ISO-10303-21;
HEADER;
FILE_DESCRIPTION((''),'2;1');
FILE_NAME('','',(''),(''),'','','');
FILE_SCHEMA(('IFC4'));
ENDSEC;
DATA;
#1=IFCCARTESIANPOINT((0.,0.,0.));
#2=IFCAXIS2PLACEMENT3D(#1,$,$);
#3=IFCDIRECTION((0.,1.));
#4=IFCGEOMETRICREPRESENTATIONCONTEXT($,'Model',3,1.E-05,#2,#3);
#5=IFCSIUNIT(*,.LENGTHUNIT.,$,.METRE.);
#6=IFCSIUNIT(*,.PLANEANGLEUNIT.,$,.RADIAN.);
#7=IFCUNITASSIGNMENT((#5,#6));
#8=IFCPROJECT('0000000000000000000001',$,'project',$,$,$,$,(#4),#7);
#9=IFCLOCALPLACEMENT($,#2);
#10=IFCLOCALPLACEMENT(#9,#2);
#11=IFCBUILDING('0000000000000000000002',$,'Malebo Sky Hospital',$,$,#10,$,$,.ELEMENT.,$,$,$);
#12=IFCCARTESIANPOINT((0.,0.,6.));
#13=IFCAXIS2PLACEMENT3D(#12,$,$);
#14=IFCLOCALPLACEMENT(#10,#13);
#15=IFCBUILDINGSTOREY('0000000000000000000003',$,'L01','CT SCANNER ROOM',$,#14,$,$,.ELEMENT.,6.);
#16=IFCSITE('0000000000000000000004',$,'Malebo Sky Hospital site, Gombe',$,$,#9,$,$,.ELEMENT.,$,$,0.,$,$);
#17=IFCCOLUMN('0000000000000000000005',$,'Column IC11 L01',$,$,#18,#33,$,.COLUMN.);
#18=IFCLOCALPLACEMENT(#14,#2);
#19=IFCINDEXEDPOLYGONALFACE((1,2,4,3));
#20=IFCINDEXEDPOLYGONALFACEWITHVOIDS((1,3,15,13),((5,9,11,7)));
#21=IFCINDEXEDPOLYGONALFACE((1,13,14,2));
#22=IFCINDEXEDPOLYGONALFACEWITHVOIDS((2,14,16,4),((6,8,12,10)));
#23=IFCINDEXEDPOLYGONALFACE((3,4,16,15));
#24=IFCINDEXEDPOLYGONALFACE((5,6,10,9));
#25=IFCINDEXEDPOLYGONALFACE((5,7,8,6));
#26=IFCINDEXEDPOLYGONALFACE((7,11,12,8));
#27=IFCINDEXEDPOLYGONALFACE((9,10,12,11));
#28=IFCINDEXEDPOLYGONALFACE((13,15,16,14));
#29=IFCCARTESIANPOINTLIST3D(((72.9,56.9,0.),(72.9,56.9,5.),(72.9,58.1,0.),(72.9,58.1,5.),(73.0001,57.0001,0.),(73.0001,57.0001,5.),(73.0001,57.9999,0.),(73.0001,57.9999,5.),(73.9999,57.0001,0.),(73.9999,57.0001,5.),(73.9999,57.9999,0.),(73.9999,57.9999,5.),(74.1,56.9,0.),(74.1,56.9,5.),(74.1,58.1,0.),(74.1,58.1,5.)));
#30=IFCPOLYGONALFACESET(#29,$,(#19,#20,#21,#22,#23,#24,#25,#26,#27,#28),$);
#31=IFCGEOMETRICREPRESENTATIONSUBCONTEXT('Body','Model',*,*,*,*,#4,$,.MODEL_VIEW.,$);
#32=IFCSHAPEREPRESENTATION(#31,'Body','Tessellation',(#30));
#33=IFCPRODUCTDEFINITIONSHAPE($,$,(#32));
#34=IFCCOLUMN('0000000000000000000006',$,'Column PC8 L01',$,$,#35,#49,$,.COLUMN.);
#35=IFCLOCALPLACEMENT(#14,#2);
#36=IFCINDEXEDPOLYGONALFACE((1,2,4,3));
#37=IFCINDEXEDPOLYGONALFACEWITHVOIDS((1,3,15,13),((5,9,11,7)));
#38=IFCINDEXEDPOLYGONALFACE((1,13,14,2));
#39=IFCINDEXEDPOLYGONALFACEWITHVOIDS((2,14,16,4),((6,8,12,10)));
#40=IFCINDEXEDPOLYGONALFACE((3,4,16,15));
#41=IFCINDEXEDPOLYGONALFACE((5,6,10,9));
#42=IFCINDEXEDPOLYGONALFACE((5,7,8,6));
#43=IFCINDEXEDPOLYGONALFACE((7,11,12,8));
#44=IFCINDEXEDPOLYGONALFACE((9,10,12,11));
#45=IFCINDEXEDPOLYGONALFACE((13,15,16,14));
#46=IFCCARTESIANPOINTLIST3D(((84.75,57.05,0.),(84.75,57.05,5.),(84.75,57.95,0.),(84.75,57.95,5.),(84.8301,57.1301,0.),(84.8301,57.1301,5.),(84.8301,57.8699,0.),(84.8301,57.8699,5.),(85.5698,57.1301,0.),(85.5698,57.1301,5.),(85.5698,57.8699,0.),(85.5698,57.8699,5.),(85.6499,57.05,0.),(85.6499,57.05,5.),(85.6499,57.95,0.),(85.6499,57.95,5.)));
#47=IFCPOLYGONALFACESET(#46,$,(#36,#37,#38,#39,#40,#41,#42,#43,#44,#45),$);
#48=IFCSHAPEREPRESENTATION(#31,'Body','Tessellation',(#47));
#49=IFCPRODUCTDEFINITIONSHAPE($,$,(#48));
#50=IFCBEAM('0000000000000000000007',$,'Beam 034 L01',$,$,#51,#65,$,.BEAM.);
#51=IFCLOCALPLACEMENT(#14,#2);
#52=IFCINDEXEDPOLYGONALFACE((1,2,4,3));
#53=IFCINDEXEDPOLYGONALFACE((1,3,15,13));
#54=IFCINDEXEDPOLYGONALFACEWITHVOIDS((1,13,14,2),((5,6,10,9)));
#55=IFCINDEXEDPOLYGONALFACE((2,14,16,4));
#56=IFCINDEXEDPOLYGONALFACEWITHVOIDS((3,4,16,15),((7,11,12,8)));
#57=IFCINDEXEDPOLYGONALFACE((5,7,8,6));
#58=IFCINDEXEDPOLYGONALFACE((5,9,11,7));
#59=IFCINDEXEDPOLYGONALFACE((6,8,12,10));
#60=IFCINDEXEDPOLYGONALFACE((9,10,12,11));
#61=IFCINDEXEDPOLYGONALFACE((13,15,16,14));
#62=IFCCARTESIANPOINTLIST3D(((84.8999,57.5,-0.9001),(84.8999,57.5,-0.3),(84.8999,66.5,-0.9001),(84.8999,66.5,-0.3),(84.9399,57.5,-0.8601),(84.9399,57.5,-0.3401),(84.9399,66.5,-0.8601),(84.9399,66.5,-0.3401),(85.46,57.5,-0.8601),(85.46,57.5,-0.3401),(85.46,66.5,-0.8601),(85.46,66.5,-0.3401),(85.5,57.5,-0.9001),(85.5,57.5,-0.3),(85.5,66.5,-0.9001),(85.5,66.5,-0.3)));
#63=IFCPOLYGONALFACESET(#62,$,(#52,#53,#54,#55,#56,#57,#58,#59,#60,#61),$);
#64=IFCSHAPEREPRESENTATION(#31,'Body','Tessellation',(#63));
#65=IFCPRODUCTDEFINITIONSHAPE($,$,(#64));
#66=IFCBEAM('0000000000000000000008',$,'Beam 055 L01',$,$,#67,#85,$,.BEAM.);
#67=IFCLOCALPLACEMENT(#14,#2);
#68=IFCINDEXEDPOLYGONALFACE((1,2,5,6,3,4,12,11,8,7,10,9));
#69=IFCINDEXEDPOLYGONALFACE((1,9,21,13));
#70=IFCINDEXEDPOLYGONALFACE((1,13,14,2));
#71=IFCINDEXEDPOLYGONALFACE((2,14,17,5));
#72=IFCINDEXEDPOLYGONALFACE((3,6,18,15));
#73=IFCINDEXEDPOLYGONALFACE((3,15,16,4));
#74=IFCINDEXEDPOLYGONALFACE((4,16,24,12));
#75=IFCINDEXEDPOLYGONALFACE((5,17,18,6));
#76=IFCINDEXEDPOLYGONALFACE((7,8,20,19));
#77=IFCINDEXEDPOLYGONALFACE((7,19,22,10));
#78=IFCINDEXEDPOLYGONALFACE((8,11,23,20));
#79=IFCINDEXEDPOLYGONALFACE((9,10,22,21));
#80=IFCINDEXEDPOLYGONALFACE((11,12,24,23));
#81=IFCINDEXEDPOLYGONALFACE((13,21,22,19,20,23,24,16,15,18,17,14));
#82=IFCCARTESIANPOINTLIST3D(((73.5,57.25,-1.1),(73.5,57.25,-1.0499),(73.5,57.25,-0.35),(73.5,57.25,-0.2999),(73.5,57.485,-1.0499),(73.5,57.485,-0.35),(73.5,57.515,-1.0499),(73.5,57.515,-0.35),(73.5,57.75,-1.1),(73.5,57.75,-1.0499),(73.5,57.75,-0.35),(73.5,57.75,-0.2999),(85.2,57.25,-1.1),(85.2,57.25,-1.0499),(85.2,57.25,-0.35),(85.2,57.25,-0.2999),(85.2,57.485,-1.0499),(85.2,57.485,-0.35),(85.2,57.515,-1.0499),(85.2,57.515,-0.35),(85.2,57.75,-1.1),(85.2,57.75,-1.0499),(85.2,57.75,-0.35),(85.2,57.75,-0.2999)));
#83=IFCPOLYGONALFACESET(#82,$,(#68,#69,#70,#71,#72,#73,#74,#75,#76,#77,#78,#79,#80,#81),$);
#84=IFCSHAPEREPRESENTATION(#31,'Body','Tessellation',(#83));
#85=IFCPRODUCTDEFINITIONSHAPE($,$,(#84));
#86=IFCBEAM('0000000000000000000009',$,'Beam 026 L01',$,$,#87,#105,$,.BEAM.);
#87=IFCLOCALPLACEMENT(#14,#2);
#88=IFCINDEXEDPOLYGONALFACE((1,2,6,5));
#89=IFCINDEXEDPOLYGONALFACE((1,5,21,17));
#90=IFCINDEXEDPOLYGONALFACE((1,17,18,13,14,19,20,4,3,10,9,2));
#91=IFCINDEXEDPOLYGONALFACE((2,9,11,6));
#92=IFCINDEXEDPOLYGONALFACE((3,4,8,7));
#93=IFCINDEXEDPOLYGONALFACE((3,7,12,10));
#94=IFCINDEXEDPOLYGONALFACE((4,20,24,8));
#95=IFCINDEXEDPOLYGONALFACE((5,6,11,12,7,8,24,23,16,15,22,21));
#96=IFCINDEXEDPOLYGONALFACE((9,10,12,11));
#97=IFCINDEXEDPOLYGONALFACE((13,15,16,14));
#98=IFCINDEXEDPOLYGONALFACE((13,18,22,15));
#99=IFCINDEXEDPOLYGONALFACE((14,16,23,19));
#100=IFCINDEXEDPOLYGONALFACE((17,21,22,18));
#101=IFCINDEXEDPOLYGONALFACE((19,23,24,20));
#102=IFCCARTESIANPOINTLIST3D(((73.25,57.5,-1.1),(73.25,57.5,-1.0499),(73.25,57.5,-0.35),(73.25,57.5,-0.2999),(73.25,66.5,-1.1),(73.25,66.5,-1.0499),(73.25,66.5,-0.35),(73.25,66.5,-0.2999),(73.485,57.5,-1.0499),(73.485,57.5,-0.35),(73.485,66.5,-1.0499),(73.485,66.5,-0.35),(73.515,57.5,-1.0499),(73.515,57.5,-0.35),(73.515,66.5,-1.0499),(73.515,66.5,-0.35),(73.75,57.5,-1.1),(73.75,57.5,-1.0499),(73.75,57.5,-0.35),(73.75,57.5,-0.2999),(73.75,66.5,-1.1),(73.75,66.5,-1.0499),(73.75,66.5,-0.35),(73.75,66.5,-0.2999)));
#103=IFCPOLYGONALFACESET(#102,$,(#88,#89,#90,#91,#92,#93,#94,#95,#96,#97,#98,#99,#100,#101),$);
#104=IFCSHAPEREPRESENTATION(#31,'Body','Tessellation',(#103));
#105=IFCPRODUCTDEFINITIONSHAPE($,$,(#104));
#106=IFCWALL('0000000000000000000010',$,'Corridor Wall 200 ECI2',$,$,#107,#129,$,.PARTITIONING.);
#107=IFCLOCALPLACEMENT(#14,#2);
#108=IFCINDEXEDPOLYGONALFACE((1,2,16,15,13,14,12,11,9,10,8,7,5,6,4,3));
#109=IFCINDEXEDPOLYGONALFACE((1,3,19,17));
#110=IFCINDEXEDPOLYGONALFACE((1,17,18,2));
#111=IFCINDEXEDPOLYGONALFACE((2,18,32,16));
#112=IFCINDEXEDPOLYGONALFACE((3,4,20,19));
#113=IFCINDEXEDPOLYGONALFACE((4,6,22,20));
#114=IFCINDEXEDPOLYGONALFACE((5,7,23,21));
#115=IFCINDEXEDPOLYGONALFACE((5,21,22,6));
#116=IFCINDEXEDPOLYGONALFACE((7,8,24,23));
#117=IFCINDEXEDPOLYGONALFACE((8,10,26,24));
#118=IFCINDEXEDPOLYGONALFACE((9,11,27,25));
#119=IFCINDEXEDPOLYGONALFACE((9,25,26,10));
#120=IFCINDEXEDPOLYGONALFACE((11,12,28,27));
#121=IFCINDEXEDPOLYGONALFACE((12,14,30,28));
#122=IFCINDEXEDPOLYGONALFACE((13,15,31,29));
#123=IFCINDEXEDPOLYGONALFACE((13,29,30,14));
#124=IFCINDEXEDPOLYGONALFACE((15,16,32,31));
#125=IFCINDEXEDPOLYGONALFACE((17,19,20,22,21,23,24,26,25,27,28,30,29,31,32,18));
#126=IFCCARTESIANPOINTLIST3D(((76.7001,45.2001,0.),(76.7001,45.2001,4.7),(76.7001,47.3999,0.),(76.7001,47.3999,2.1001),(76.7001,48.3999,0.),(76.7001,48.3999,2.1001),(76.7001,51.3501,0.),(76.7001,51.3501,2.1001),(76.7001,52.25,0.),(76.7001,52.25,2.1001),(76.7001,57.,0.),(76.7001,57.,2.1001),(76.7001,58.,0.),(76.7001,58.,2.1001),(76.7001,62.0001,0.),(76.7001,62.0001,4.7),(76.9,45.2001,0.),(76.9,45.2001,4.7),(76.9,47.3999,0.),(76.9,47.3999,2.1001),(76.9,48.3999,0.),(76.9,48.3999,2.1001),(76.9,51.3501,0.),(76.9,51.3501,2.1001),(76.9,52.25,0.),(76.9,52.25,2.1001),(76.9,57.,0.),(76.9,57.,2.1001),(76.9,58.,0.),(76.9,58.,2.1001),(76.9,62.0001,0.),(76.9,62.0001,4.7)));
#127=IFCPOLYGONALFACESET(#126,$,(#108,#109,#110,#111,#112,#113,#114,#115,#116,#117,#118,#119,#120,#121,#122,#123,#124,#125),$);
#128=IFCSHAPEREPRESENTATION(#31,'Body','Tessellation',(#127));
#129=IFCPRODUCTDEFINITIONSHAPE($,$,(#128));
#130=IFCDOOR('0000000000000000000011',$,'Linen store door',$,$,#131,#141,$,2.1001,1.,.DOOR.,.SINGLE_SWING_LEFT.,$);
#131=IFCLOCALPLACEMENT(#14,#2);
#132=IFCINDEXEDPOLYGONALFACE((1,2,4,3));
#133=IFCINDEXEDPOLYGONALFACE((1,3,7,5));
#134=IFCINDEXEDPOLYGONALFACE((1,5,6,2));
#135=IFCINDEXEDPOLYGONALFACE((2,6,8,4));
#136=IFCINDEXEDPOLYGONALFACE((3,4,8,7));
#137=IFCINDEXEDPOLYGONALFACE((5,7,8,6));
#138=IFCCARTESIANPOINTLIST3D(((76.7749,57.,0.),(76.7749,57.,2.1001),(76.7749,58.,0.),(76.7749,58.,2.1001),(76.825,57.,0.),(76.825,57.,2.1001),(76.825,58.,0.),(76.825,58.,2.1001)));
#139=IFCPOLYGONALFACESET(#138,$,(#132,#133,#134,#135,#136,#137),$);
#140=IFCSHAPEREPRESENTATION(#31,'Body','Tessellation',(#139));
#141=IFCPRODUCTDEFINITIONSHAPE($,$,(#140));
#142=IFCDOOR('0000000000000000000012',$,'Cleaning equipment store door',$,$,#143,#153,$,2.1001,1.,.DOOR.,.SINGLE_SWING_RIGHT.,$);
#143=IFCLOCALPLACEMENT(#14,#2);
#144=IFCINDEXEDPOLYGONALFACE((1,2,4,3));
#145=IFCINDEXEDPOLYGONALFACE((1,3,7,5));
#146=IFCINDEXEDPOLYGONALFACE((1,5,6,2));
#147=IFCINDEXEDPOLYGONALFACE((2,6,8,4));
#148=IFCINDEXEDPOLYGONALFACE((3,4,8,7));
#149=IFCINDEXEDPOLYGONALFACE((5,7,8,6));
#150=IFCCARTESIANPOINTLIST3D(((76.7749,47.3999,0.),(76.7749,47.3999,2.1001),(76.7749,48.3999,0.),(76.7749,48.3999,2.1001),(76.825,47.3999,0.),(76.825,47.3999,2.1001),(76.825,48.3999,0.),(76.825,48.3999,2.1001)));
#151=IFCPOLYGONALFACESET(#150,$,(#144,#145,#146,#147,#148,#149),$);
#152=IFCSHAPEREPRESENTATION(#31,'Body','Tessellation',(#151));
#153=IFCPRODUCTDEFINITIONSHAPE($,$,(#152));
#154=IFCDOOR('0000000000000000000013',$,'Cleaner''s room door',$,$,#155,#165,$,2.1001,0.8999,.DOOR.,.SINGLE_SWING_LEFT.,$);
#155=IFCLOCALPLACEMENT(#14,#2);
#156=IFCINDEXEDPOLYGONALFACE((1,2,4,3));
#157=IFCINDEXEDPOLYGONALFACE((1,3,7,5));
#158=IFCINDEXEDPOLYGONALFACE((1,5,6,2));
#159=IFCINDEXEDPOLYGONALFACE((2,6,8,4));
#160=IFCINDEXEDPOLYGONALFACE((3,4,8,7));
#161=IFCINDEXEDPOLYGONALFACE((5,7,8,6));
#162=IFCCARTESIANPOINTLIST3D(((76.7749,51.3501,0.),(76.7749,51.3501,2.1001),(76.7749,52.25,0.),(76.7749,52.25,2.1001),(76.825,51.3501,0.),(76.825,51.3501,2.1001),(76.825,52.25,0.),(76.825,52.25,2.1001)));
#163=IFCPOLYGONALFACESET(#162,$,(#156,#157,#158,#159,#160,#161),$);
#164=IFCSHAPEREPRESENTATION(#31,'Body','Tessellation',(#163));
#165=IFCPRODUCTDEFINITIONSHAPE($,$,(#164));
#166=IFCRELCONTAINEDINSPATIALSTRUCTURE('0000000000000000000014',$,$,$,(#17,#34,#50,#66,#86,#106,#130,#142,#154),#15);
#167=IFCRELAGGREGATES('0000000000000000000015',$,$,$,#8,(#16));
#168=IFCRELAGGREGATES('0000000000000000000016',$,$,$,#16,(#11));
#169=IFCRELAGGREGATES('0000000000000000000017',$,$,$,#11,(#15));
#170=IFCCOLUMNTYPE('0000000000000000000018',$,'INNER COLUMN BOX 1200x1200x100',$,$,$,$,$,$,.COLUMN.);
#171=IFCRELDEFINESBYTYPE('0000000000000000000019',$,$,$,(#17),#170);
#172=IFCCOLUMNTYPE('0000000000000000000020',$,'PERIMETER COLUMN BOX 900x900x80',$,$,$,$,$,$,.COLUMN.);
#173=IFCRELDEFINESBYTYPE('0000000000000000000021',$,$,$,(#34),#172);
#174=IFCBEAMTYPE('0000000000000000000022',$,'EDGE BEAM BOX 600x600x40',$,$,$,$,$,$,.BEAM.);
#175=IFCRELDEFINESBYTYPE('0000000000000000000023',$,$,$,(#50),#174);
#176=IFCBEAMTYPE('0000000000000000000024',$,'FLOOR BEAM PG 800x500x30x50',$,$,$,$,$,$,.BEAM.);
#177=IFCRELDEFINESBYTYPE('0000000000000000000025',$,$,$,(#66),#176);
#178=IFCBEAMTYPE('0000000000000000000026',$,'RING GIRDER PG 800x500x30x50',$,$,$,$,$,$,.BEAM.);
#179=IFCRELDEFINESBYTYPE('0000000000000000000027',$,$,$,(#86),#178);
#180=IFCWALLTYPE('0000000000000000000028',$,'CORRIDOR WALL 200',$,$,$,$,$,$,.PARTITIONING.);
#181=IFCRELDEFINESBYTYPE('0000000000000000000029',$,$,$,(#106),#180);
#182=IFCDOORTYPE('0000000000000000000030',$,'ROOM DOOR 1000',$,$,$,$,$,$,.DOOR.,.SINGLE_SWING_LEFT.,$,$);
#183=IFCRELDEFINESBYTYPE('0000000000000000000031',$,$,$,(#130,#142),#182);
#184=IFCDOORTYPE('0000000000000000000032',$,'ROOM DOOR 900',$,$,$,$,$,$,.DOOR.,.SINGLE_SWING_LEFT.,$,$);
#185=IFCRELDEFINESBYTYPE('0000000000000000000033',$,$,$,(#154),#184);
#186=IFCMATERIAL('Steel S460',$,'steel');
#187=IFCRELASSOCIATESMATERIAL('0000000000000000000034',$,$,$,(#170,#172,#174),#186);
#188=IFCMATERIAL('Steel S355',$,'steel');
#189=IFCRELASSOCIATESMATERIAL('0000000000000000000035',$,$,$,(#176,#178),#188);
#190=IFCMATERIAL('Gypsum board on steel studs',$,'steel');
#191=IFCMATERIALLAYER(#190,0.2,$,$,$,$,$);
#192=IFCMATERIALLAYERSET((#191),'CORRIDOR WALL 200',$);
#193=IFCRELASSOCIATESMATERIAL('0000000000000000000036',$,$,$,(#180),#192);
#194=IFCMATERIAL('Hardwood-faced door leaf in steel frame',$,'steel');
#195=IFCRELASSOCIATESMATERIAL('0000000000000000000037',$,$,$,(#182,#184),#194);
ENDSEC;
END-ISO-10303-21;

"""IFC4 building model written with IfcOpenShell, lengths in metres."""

from ifc_helpers import new_model, si_unit, direction, frame, frame_2d, origin, origin_2d, place, context, subcontext, project, spatial, rectangle, hollow_rectangle, i_section, extrude, material, layer, layer_set, material_profile, profile_set, type_object, element, fill, save


model = new_model("IFC4")

# Units and contexts
model_context = context("Model", 3, precision=1e-05, world=origin(), true_north=direction((0.0, 1.0)))
body_context = subcontext(model_context, "Body", "Model", "MODEL_VIEW")
ifc_project = project(units=[si_unit("LENGTHUNIT", "METRE"), si_unit("PLANEANGLEUNIT", "RADIAN")], contexts=[model_context])

# Site, building, storey
site_placement = place(None, origin())
site = spatial("IfcSite", under=ifc_project, at=site_placement, Name="Malebo Sky Hospital site, Gombe", CompositionType="ELEMENT", RefElevation=0.0)
building_placement = place(site_placement, origin())
building = spatial("IfcBuilding", under=site, at=building_placement, Name="Malebo Sky Hospital", CompositionType="ELEMENT")
storey_placement = place(building_placement, frame((0.0, 0.0, 6.0)))
storey = spatial("IfcBuildingStorey", under=building, at=storey_placement, Name="L01", Description="CT SCANNER ROOM", CompositionType="ELEMENT", Elevation=6.0)

# Columns
ifc_material_1 = material(Name="Steel S460", Category="steel")
ifc_material_profile_1 = material_profile(ifc_material_1, hollow_rectangle(XDim=1.2, YDim=1.2, WallThickness=0.1001, at=origin_2d()), Name="BOX 1200x1200x100")
ifc_profile_set_1 = profile_set([ifc_material_profile_1], Name="Steel S460")
column_type_1 = type_object("IfcColumnType", Name="INNER COLUMN BOX 1200x1200x100", PredefinedType="COLUMN", material=ifc_profile_set_1)
column_1_placement = place(storey_placement, frame((73.5, 57.5, 0.0), z_axis=(0.0, 0.0, 1.0), x_axis=(1.0, 0.0, 0.0)))
element("IfcColumn", 1, at=column_1_placement, inside=storey, type_object=column_type_1, Name="Column IC11 L01", PredefinedType="COLUMN", context=body_context, shape_type="SweptSolid", body=[
    extrude(hollow_rectangle(XDim=1.2, YDim=1.2, WallThickness=0.1001, at=origin_2d()), origin(), (0.0, 0.0, 1.0), 5.0),
])
ifc_material_profile_2 = material_profile(ifc_material_1, hollow_rectangle(XDim=0.8999, YDim=0.8999, WallThickness=0.0801, at=origin_2d()), Name="BOX 900x900x80")
ifc_profile_set_2 = profile_set([ifc_material_profile_2], Name="Steel S460")
column_type_2 = type_object("IfcColumnType", Name="PERIMETER COLUMN BOX 900x900x80", PredefinedType="COLUMN", material=ifc_profile_set_2)
column_2_placement = place(storey_placement, frame((85.2, 57.5, 0.0), z_axis=(0.0, 0.0, 1.0), x_axis=(1.0, 0.0, 0.0)))
element("IfcColumn", 2, at=column_2_placement, inside=storey, type_object=column_type_2, Name="Column PC8 L01", PredefinedType="COLUMN", context=body_context, shape_type="SweptSolid", body=[
    extrude(hollow_rectangle(XDim=0.8999, YDim=0.8999, WallThickness=0.0801, at=origin_2d()), origin(), (0.0, 0.0, 1.0), 5.0),
])

# Beams
ifc_material_profile_3 = material_profile(ifc_material_1, hollow_rectangle(XDim=0.6001, YDim=0.6001, WallThickness=0.04, at=origin_2d()), Name="BOX 600x600x40")
ifc_profile_set_3 = profile_set([ifc_material_profile_3], Name="Steel S460")
beam_type_1 = type_object("IfcBeamType", Name="EDGE BEAM BOX 600x600x40", PredefinedType="BEAM", material=ifc_profile_set_3)
beam_1_placement = place(storey_placement, frame((85.2, 57.5, -0.6001), z_axis=(0.0, 1.0, 0.0), x_axis=(-1.0, 0.0, 0.0)))
element("IfcBeam", 3, at=beam_1_placement, inside=storey, type_object=beam_type_1, Name="Beam 034 L01", PredefinedType="BEAM", context=body_context, shape_type="SweptSolid", body=[
    extrude(hollow_rectangle(XDim=0.6001, YDim=0.6001, WallThickness=0.04, at=origin_2d()), origin(), (0.0, 0.0, 1.0), 9.0),
])
ifc_material_2 = material(Name="Steel S355", Category="steel")
ifc_material_profile_4 = material_profile(ifc_material_2, i_section(OverallWidth=0.5, OverallDepth=0.8, WebThickness=0.03, FlangeThickness=0.05, at=origin_2d()), Name="PG 800x500x30x50")
ifc_profile_set_4 = profile_set([ifc_material_profile_4], Name="Steel S355")
beam_type_2 = type_object("IfcBeamType", Name="FLOOR BEAM PG 800x500x30x50", PredefinedType="BEAM", material=ifc_profile_set_4)
beam_2_placement = place(storey_placement, frame((73.5, 57.5, -0.7), z_axis=(1.0, 0.0, 0.0), x_axis=(0.0, 1.0, 0.0)))
element("IfcBeam", 4, at=beam_2_placement, inside=storey, type_object=beam_type_2, Name="Beam 055 L01", PredefinedType="BEAM", context=body_context, shape_type="SweptSolid", body=[
    extrude(i_section(OverallWidth=0.5, OverallDepth=0.8, WebThickness=0.03, FlangeThickness=0.05, at=origin_2d()), origin(), (0.0, 0.0, 1.0), 11.7),
])
ifc_material_profile_5 = material_profile(ifc_material_2, i_section(OverallWidth=0.5, OverallDepth=0.8, WebThickness=0.03, FlangeThickness=0.05, at=origin_2d()), Name="PG 800x500x30x50")
ifc_profile_set_5 = profile_set([ifc_material_profile_5], Name="Steel S355")
beam_type_3 = type_object("IfcBeamType", Name="RING GIRDER PG 800x500x30x50", PredefinedType="BEAM", material=ifc_profile_set_5)
beam_3_placement = place(storey_placement, frame((73.5, 57.5, -0.7), z_axis=(0.0, 1.0, 0.0), x_axis=(-1.0, 0.0, 0.0)))
element("IfcBeam", 5, at=beam_3_placement, inside=storey, type_object=beam_type_3, Name="Beam 026 L01", PredefinedType="BEAM", context=body_context, shape_type="SweptSolid", body=[
    extrude(i_section(OverallWidth=0.5, OverallDepth=0.8, WebThickness=0.03, FlangeThickness=0.05, at=origin_2d()), origin(), (0.0, 0.0, 1.0), 9.0),
])

# Wall, openings, doors
ifc_material_3 = material(Name="Gypsum board on steel studs", Category="steel")
ifc_layer_1 = layer(ifc_material_3, 0.2)
ifc_layer_set_1 = layer_set([ifc_layer_1], Name="CORRIDOR WALL 200")
wall_type_1 = type_object("IfcWallType", Name="CORRIDOR WALL 200", PredefinedType="PARTITIONING", material=ifc_layer_set_1)
wall_1_placement = place(storey_placement, frame((76.8, 62.0, 0.0), z_axis=(0.0, 0.0, 1.0), x_axis=(0.0, -1.0, 0.0)))
wall_1 = element("IfcWall", 6, at=wall_1_placement, inside=storey, type_object=wall_type_1, Name="Corridor Wall 200 ECI2", PredefinedType="PARTITIONING", context=body_context, shape_type="SweptSolid", body=[
    extrude(rectangle(XDim=16.8, YDim=0.2, at=frame_2d((8.3999, 0.0))), origin(), (0.0, 0.0, 1.0), 4.7),
])
opening_1_placement = place(wall_1_placement, frame((4.0, 0.0, 0.0)))
opening_1 = element("IfcOpeningElement", 7, at=opening_1_placement, cuts=wall_1, PredefinedType="OPENING", context=body_context, shape_type="SweptSolid", body=[
    extrude(rectangle(XDim=1.0, YDim=2.1001, at=frame_2d((0.5, 1.05))), frame((0.0, 0.1099, 0.0), z_axis=(0.0, -1.0, 0.0), x_axis=(1.0, 0.0, 0.0)), (0.0, 0.0, 1.0), 0.22),
])
opening_2_placement = place(wall_1_placement, frame((9.75, 0.0, 0.0)))
opening_2 = element("IfcOpeningElement", 8, at=opening_2_placement, cuts=wall_1, PredefinedType="OPENING", context=body_context, shape_type="SweptSolid", body=[
    extrude(rectangle(XDim=0.8999, YDim=2.1001, at=frame_2d((0.45, 1.05))), frame((0.0, 0.1099, 0.0), z_axis=(0.0, -1.0, 0.0), x_axis=(1.0, 0.0, 0.0)), (0.0, 0.0, 1.0), 0.22),
])
opening_3_placement = place(wall_1_placement, frame((13.6001, 0.0, 0.0)))
opening_3 = element("IfcOpeningElement", 9, at=opening_3_placement, cuts=wall_1, PredefinedType="OPENING", context=body_context, shape_type="SweptSolid", body=[
    extrude(rectangle(XDim=1.0, YDim=2.1001, at=frame_2d((0.5, 1.05))), frame((0.0, 0.1099, 0.0), z_axis=(0.0, -1.0, 0.0), x_axis=(1.0, 0.0, 0.0)), (0.0, 0.0, 1.0), 0.22),
])
ifc_material_4 = material(Name="Hardwood-faced door leaf in steel frame", Category="steel")
door_type_1 = type_object("IfcDoorType", Name="ROOM DOOR 1000", OperationType="SINGLE_SWING_LEFT", PredefinedType="DOOR", material=ifc_material_4)
door_1_placement = place(opening_1_placement, origin())
door_1 = element("IfcDoor", 10, at=door_1_placement, inside=storey, type_object=door_type_1, Name="Linen store door", OperationType="SINGLE_SWING_LEFT", OverallHeight=2.1001, OverallWidth=1.0, PredefinedType="DOOR", context=body_context, shape_type="SweptSolid", body=[
    extrude(rectangle(XDim=1.0, YDim=2.1001, at=frame_2d((0.5, 1.05))), frame((0.0, 0.0249, 0.0), z_axis=(0.0, -1.0, 0.0), x_axis=(1.0, 0.0, 0.0)), (0.0, 0.0, 1.0), 0.05),
])
fill(opening_1, door_1)
door_2_placement = place(opening_3_placement, origin())
door_2 = element("IfcDoor", 11, at=door_2_placement, inside=storey, type_object=door_type_1, Name="Cleaning equipment store door", OperationType="SINGLE_SWING_RIGHT", OverallHeight=2.1001, OverallWidth=1.0, PredefinedType="DOOR", context=body_context, shape_type="SweptSolid", body=[
    extrude(rectangle(XDim=1.0, YDim=2.1001, at=frame_2d((0.5, 1.05))), frame((0.0, 0.0249, 0.0), z_axis=(0.0, -1.0, 0.0), x_axis=(1.0, 0.0, 0.0)), (0.0, 0.0, 1.0), 0.05),
])
fill(opening_3, door_2)
door_type_2 = type_object("IfcDoorType", Name="ROOM DOOR 900", OperationType="SINGLE_SWING_LEFT", PredefinedType="DOOR", material=ifc_material_4)
door_3_placement = place(opening_2_placement, origin())
door_3 = element("IfcDoor", 12, at=door_3_placement, inside=storey, type_object=door_type_2, Name="Cleaner's room door", OperationType="SINGLE_SWING_LEFT", OverallHeight=2.1001, OverallWidth=0.8999, PredefinedType="DOOR", context=body_context, shape_type="SweptSolid", body=[
    extrude(rectangle(XDim=0.8999, YDim=2.1001, at=frame_2d((0.45, 1.05))), frame((0.0, 0.0249, 0.0), z_axis=(0.0, -1.0, 0.0), x_axis=(1.0, 0.0, 0.0)), (0.0, 0.0, 1.0), 0.05),
])
fill(opening_2, door_3)

save(model, "model.ifc")
